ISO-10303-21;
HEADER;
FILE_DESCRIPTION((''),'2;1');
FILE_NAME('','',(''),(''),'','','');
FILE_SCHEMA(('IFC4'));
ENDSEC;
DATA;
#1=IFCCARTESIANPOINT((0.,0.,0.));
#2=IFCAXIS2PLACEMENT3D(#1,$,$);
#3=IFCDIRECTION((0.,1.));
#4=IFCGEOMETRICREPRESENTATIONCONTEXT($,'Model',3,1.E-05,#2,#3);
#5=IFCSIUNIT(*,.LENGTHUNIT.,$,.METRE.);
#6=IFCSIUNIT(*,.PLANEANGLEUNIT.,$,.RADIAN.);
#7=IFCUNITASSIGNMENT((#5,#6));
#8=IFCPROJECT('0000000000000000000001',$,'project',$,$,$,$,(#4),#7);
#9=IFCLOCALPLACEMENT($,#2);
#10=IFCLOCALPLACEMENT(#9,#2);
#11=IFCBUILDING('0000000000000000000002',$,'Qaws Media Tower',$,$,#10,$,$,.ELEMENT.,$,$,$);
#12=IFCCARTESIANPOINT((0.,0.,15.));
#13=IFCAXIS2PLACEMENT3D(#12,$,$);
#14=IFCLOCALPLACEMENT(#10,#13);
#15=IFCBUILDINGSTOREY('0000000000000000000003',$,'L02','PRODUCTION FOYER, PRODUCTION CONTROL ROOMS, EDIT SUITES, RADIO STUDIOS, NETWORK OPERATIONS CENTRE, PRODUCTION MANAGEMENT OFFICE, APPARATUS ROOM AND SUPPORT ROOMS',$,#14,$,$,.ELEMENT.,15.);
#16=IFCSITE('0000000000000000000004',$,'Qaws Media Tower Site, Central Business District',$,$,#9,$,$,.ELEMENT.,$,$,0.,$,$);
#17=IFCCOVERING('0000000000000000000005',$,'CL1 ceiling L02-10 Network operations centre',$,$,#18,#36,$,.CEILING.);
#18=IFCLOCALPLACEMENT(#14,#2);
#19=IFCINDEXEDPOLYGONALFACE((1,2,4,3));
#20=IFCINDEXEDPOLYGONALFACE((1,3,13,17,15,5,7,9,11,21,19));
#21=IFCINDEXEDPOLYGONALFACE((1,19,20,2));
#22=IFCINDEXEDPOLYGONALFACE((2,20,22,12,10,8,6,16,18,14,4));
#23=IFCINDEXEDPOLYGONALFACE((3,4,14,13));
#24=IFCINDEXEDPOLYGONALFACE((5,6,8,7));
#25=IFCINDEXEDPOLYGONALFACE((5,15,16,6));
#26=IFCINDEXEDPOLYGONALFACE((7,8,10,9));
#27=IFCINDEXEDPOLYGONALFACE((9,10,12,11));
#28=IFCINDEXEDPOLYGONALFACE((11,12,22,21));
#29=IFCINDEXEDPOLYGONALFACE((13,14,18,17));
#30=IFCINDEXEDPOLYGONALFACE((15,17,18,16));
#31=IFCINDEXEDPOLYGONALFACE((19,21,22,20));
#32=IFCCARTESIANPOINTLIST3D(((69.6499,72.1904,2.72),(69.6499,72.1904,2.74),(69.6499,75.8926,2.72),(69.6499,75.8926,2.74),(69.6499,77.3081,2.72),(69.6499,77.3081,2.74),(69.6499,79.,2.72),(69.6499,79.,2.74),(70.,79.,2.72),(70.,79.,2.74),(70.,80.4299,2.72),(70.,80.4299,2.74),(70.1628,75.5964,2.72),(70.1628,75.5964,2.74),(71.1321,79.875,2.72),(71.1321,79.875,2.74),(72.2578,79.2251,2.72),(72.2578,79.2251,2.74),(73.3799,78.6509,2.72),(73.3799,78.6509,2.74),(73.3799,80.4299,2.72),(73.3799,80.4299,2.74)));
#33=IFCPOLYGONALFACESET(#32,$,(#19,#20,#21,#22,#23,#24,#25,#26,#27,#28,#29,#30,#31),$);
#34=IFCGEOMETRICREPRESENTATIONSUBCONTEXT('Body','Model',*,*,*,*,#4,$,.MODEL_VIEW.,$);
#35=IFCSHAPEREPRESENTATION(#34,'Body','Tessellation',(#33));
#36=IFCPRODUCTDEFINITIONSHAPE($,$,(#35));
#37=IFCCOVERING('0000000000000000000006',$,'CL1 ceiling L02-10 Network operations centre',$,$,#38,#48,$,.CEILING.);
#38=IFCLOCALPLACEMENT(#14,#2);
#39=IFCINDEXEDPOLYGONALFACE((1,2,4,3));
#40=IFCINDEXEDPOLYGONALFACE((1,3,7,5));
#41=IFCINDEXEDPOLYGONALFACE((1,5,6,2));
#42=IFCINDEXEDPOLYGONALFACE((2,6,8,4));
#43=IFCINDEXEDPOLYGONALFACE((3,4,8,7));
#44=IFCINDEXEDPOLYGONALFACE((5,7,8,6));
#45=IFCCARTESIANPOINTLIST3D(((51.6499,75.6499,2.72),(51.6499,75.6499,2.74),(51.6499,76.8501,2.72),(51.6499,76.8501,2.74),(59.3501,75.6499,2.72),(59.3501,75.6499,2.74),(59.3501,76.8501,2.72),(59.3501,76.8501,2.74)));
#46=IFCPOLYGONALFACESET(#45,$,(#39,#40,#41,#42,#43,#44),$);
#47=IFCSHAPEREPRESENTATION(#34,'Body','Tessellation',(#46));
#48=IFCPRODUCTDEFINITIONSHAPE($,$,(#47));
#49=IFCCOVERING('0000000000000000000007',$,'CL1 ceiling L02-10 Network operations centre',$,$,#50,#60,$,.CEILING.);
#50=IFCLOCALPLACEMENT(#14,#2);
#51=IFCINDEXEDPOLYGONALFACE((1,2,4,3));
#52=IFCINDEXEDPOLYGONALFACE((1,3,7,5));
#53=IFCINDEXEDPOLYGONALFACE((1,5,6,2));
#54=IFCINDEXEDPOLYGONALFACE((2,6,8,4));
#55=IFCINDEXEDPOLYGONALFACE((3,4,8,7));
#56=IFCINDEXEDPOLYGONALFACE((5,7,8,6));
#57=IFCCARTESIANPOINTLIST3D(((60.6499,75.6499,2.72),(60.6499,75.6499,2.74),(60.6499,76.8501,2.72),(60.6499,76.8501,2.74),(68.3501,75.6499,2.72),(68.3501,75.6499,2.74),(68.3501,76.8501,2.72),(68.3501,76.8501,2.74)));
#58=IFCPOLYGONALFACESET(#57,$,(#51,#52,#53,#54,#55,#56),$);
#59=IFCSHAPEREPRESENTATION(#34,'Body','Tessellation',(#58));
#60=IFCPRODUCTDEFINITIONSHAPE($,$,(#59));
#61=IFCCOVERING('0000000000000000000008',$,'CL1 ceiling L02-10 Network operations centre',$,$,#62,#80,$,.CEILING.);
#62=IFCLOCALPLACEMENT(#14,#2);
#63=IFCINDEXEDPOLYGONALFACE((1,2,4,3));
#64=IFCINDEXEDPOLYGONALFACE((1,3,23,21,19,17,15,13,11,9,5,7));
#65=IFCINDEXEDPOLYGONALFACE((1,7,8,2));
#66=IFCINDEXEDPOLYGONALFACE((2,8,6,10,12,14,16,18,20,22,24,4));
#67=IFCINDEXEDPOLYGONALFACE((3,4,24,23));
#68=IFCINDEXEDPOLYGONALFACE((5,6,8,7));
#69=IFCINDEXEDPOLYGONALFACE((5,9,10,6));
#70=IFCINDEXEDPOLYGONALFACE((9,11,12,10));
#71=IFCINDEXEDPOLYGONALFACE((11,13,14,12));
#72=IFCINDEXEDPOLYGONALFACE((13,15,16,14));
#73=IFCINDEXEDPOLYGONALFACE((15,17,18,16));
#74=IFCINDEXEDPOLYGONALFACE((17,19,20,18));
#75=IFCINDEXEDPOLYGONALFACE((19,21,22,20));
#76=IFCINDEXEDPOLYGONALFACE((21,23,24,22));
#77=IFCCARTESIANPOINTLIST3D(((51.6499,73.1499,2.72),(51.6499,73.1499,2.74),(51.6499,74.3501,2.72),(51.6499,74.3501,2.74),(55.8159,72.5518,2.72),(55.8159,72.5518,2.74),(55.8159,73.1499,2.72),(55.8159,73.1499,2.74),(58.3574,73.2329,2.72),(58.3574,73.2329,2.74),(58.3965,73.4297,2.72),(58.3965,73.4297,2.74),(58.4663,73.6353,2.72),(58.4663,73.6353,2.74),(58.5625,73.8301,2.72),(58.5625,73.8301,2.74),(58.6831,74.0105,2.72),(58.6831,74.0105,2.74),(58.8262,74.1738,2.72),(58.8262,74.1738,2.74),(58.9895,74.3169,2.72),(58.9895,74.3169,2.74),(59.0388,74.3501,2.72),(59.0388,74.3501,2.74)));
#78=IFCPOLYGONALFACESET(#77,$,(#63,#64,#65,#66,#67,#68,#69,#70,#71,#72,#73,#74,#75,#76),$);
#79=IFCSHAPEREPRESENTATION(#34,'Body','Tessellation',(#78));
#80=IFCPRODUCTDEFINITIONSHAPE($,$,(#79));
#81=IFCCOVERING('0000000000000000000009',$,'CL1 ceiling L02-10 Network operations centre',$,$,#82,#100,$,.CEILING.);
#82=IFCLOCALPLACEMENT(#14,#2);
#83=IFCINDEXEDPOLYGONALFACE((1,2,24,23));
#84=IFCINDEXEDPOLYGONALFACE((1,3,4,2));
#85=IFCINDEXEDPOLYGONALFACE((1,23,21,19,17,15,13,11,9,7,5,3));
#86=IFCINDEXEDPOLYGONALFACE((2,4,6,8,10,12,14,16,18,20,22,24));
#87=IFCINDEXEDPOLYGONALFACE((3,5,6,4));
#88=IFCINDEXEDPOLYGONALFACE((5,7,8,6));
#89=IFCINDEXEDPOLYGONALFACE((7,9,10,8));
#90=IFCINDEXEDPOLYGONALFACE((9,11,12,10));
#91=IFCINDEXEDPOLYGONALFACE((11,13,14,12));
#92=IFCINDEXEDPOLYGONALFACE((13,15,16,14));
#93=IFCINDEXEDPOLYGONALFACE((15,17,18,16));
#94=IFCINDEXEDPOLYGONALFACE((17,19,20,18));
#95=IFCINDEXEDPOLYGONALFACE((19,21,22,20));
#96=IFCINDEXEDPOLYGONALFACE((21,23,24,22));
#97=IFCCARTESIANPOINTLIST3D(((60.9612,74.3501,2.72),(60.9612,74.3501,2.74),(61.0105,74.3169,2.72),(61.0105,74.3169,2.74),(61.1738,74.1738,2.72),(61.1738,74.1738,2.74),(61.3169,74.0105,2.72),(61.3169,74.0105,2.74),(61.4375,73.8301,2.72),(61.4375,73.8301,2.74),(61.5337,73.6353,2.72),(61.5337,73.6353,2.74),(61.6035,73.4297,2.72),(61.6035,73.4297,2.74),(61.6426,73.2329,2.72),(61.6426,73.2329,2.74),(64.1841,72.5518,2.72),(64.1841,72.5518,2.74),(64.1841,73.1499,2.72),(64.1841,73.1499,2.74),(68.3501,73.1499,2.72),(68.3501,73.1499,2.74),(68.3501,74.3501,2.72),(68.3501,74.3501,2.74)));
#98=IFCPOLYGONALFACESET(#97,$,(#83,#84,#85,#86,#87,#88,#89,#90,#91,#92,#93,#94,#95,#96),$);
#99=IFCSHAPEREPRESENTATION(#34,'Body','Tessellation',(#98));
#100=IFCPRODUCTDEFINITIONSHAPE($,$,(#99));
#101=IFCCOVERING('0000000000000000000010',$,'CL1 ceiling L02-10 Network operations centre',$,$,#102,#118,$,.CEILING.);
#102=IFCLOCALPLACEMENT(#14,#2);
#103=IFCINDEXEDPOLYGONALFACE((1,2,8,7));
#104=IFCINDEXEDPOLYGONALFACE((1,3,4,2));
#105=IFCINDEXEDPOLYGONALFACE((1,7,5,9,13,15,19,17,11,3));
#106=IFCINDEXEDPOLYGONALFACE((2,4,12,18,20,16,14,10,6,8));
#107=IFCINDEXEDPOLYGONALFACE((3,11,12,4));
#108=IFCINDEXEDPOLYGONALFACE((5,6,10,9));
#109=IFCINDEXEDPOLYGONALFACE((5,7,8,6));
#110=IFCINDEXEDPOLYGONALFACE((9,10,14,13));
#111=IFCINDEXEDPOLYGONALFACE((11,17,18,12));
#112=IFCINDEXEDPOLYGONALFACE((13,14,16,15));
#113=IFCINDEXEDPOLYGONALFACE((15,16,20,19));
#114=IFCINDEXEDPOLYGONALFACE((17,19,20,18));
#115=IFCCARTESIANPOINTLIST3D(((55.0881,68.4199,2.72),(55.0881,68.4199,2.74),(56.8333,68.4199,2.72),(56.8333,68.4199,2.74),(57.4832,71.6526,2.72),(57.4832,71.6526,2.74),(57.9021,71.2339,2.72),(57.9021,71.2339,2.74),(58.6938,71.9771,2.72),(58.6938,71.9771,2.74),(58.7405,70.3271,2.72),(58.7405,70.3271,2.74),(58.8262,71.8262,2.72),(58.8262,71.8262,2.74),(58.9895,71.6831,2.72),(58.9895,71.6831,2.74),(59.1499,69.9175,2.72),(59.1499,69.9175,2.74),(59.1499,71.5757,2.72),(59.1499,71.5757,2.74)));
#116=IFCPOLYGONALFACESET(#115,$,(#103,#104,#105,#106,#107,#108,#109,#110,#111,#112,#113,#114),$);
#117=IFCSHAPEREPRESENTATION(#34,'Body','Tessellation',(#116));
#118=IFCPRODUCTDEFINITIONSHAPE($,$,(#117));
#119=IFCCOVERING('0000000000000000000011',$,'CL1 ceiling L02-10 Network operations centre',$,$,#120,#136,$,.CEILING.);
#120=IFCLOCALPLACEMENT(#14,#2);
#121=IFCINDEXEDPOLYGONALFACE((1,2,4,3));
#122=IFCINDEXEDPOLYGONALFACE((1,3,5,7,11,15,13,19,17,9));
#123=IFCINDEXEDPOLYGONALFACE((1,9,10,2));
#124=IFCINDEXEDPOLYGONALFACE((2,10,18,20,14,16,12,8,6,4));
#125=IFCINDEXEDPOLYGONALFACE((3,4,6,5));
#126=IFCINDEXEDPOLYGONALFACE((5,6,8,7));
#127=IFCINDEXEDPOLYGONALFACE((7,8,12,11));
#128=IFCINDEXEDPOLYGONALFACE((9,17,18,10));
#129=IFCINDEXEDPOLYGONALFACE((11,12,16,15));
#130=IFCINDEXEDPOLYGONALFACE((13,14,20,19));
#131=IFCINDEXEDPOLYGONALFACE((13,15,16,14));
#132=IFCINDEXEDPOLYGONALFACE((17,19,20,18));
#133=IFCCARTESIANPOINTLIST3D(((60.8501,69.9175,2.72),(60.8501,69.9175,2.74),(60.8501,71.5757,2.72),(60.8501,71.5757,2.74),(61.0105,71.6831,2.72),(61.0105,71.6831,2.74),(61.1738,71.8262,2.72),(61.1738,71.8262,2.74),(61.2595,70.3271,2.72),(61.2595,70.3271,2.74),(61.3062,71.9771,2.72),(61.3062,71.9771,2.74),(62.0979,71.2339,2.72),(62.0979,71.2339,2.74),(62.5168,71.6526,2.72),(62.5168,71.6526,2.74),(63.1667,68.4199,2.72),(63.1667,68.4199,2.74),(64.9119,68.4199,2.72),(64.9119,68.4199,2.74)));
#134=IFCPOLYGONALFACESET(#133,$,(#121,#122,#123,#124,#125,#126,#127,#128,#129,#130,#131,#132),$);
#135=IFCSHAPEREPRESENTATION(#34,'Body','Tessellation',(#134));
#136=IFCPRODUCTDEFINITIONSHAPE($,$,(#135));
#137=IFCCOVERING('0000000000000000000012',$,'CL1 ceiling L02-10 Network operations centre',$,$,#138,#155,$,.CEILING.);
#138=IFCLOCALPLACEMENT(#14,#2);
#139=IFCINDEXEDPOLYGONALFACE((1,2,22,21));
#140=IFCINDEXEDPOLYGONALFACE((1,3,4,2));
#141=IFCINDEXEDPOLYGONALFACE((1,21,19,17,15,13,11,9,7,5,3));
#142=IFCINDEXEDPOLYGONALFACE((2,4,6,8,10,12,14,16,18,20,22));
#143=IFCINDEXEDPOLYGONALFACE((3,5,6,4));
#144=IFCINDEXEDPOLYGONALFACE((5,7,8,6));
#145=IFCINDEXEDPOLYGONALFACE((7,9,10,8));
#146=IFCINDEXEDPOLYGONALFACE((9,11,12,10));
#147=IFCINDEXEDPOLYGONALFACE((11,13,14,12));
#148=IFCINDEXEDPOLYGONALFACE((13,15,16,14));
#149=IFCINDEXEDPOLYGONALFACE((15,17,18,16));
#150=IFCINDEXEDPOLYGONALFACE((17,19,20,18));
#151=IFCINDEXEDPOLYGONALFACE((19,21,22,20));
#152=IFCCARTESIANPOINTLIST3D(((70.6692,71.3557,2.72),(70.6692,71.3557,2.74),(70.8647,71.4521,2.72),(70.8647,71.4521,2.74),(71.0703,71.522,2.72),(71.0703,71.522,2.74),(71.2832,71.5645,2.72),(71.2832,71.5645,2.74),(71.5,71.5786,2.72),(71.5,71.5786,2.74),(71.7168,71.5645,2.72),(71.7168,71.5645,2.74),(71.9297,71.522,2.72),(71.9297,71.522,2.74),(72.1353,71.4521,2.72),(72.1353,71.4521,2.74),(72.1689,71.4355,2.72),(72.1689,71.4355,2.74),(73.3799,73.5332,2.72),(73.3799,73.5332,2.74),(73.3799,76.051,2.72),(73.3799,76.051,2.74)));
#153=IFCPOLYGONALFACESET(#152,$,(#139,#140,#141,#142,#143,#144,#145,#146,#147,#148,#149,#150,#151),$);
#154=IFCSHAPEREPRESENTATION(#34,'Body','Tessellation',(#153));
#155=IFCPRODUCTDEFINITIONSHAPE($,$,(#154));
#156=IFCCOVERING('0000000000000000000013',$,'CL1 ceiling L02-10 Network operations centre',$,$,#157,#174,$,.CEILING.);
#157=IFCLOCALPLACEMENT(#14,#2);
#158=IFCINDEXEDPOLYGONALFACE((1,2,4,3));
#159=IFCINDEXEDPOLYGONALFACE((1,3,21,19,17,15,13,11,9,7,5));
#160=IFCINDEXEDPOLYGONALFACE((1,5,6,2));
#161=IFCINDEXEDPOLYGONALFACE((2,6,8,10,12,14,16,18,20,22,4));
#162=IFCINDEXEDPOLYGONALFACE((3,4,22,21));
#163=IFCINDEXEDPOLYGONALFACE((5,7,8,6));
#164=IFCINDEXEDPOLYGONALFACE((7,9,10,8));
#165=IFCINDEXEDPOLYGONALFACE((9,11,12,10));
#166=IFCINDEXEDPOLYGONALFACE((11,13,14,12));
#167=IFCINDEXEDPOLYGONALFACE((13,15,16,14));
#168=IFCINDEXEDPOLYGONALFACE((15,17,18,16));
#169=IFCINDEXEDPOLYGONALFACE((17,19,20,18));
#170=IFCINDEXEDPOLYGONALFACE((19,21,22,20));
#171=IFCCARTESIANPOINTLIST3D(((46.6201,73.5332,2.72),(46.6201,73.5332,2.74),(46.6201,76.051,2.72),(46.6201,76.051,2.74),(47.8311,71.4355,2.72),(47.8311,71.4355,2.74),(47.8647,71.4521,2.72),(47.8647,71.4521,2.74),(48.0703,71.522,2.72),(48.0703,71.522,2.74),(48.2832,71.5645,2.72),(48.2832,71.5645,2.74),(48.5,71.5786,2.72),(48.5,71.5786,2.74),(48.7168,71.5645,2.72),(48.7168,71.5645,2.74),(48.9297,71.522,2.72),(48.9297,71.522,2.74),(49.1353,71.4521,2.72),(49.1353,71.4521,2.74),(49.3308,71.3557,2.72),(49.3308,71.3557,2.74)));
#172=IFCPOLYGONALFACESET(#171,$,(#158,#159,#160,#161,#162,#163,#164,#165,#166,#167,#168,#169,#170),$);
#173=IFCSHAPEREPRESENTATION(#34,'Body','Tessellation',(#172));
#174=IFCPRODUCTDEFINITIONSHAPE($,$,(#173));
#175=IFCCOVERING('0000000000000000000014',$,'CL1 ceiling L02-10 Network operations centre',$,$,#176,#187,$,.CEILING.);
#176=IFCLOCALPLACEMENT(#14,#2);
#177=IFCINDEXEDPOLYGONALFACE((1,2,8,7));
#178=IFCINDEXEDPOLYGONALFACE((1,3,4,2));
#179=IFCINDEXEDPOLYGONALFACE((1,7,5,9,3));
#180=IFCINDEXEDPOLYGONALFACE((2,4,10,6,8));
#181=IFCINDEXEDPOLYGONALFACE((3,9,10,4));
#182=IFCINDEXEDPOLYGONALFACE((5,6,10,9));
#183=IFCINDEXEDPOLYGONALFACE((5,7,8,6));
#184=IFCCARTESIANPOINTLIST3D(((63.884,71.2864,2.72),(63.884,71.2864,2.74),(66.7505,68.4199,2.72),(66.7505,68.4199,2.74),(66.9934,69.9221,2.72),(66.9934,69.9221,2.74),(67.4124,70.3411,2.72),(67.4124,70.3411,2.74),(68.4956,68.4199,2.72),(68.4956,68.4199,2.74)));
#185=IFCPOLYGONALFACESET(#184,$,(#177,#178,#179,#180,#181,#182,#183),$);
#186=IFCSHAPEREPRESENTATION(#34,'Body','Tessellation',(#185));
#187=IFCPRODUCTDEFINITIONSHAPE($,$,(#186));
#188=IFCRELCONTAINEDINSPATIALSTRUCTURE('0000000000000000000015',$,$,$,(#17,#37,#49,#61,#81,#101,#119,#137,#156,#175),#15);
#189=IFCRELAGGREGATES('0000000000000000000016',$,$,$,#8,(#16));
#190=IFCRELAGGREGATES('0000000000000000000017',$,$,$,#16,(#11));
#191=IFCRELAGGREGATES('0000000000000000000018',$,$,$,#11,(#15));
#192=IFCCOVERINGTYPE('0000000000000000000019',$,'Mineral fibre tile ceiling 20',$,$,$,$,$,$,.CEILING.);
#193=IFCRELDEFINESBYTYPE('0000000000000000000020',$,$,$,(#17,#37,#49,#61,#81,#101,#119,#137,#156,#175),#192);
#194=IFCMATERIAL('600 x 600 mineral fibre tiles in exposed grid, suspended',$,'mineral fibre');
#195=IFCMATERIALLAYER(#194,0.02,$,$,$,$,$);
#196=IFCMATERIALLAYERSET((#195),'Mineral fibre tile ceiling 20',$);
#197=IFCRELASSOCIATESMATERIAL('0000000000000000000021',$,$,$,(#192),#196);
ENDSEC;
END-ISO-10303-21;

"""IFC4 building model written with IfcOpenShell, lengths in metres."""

from ifc_helpers import new_model, si_unit, direction, frame, origin, place, context, subcontext, project, spatial, polyline, outline, extrude, material, layer, layer_set, type_object, element, save


model = new_model("IFC4")

# Units and contexts
model_context = context("Model", 3, precision=1e-05, world=origin(), true_north=direction((0.0, 1.0)))
body_context = subcontext(model_context, "Body", "Model", "MODEL_VIEW")
ifc_project = project(units=[si_unit("LENGTHUNIT", "METRE"), si_unit("PLANEANGLEUNIT", "RADIAN")], contexts=[model_context])

# Site, building, storey
site_placement = place(None, origin())
site = spatial("IfcSite", under=ifc_project, at=site_placement, Name="Qaws Media Tower Site, Central Business District", CompositionType="ELEMENT", RefElevation=0.0)
building_placement = place(site_placement, origin())
building = spatial("IfcBuilding", under=site, at=building_placement, Name="Qaws Media Tower", CompositionType="ELEMENT")
storey_placement = place(building_placement, frame((0.0, 0.0, 15.0)))
storey = spatial("IfcBuildingStorey", under=building, at=storey_placement, Name="L02", Description="PRODUCTION FOYER, PRODUCTION CONTROL ROOMS, EDIT SUITES, RADIO STUDIOS, NETWORK OPERATIONS CENTRE, PRODUCTION MANAGEMENT OFFICE, APPARATUS ROOM AND SUPPORT ROOMS", CompositionType="ELEMENT", Elevation=15.0)

# Coverings
ifc_material_1 = material(Name="600 x 600 mineral fibre tiles in exposed grid, suspended", Category="mineral fibre")
ifc_layer_1 = layer(ifc_material_1, 0.02)
ifc_layer_set_1 = layer_set([ifc_layer_1], Name="Mineral fibre tile ceiling 20")
covering_type_1 = type_object("IfcCoveringType", Name="Mineral fibre tile ceiling 20", PredefinedType="CEILING", material=ifc_layer_set_1)
covering_1_placement = place(storey_placement, frame((0.0, 0.0, 2.72)))
element("IfcCovering", 1, at=covering_1_placement, inside=storey, type_object=covering_type_1, Name="CL1 ceiling L02-10 Network operations centre", PredefinedType="CEILING", context=body_context, shape_type="SweptSolid", body=[
    extrude(outline(polyline([(70.0, 79.0), (70.0, 80.4299), (73.3799, 80.4299), (73.3799, 78.6509), (69.6499, 72.1904), (69.6499, 75.8926), (70.1628, 75.5964), (72.2578, 79.2251), (71.1321, 79.875), (69.6499, 77.3081), (69.6499, 79.0), (70.0, 79.0)])), origin(), (0.0, 0.0, 1.0), 0.02),
])
covering_2_placement = place(storey_placement, frame((0.0, 0.0, 2.72)))
element("IfcCovering", 2, at=covering_2_placement, inside=storey, type_object=covering_type_1, Name="CL1 ceiling L02-10 Network operations centre", PredefinedType="CEILING", context=body_context, shape_type="SweptSolid", body=[
    extrude(outline(polyline([(59.3501, 76.8501), (59.3501, 75.6499), (51.6499, 75.6499), (51.6499, 76.8501), (59.3501, 76.8501)])), origin(), (0.0, 0.0, 1.0), 0.02),
])
covering_3_placement = place(storey_placement, frame((0.0, 0.0, 2.72)))
element("IfcCovering", 3, at=covering_3_placement, inside=storey, type_object=covering_type_1, Name="CL1 ceiling L02-10 Network operations centre", PredefinedType="CEILING", context=body_context, shape_type="SweptSolid", body=[
    extrude(outline(polyline([(68.3501, 76.8501), (68.3501, 75.6499), (60.6499, 75.6499), (60.6499, 76.8501), (68.3501, 76.8501)])), origin(), (0.0, 0.0, 1.0), 0.02),
])
covering_4_placement = place(storey_placement, frame((0.0, 0.0, 2.72)))
element("IfcCovering", 4, at=covering_4_placement, inside=storey, type_object=covering_type_1, Name="CL1 ceiling L02-10 Network operations centre", PredefinedType="CEILING", context=body_context, shape_type="SweptSolid", body=[
    extrude(outline(polyline([(58.9895, 74.3169), (58.8262, 74.1738), (58.6831, 74.0105), (58.5625, 73.8301), (58.4663, 73.6353), (58.3965, 73.4297), (58.3574, 73.2329), (55.8159, 72.5518), (55.8159, 73.1499), (51.6499, 73.1499), (51.6499, 74.3501), (59.0388, 74.3501), (58.9895, 74.3169)])), origin(), (0.0, 0.0, 1.0), 0.02),
])
covering_5_placement = place(storey_placement, frame((0.0, 0.0, 2.72)))
element("IfcCovering", 5, at=covering_5_placement, inside=storey, type_object=covering_type_1, Name="CL1 ceiling L02-10 Network operations centre", PredefinedType="CEILING", context=body_context, shape_type="SweptSolid", body=[
    extrude(outline(polyline([(61.6035, 73.4297), (61.5337, 73.6353), (61.4375, 73.8301), (61.3169, 74.0105), (61.1738, 74.1738), (61.0105, 74.3169), (60.9612, 74.3501), (68.3501, 74.3501), (68.3501, 73.1499), (64.1841, 73.1499), (64.1841, 72.5518), (61.6426, 73.2329), (61.6035, 73.4297)])), origin(), (0.0, 0.0, 1.0), 0.02),
])
covering_6_placement = place(storey_placement, frame((0.0, 0.0, 2.72)))
element("IfcCovering", 6, at=covering_6_placement, inside=storey, type_object=covering_type_1, Name="CL1 ceiling L02-10 Network operations centre", PredefinedType="CEILING", context=body_context, shape_type="SweptSolid", body=[
    extrude(outline(polyline([(55.0881, 68.4199), (57.9021, 71.2339), (57.4832, 71.6526), (58.6938, 71.9771), (58.8262, 71.8262), (58.9895, 71.6831), (59.1499, 71.5757), (59.1499, 69.9175), (58.7405, 70.3271), (56.8333, 68.4199), (55.0881, 68.4199)])), origin(), (0.0, 0.0, 1.0), 0.02),
])
covering_7_placement = place(storey_placement, frame((0.0, 0.0, 2.72)))
element("IfcCovering", 7, at=covering_7_placement, inside=storey, type_object=covering_type_1, Name="CL1 ceiling L02-10 Network operations centre", PredefinedType="CEILING", context=body_context, shape_type="SweptSolid", body=[
    extrude(outline(polyline([(63.1667, 68.4199), (61.2595, 70.3271), (60.8501, 69.9175), (60.8501, 71.5757), (61.0105, 71.6831), (61.1738, 71.8262), (61.3062, 71.9771), (62.5168, 71.6526), (62.0979, 71.2339), (64.9119, 68.4199), (63.1667, 68.4199)])), origin(), (0.0, 0.0, 1.0), 0.02),
])
covering_8_placement = place(storey_placement, frame((0.0, 0.0, 2.72)))
element("IfcCovering", 8, at=covering_8_placement, inside=storey, type_object=covering_type_1, Name="CL1 ceiling L02-10 Network operations centre", PredefinedType="CEILING", context=body_context, shape_type="SweptSolid", body=[
    extrude(outline(polyline([(73.3799, 73.5332), (72.1689, 71.4355), (72.1353, 71.4521), (71.9297, 71.522), (71.7168, 71.5645), (71.5, 71.5786), (71.2832, 71.5645), (71.0703, 71.522), (70.8647, 71.4521), (70.6692, 71.3557), (73.3799, 76.051), (73.3799, 73.5332)])), origin(), (0.0, 0.0, 1.0), 0.02),
])
covering_9_placement = place(storey_placement, frame((0.0, 0.0, 2.72)))
element("IfcCovering", 9, at=covering_9_placement, inside=storey, type_object=covering_type_1, Name="CL1 ceiling L02-10 Network operations centre", PredefinedType="CEILING", context=body_context, shape_type="SweptSolid", body=[
    extrude(outline(polyline([(49.3308, 71.3557), (49.1353, 71.4521), (48.9297, 71.522), (48.7168, 71.5645), (48.5, 71.5786), (48.2832, 71.5645), (48.0703, 71.522), (47.8647, 71.4521), (47.8311, 71.4355), (46.6201, 73.5332), (46.6201, 76.051), (49.3308, 71.3557)])), origin(), (0.0, 0.0, 1.0), 0.02),
])
covering_10_placement = place(storey_placement, frame((0.0, 0.0, 2.72)))
element("IfcCovering", 10, at=covering_10_placement, inside=storey, type_object=covering_type_1, Name="CL1 ceiling L02-10 Network operations centre", PredefinedType="CEILING", context=body_context, shape_type="SweptSolid", body=[
    extrude(outline(polyline([(66.7505, 68.4199), (63.884, 71.2864), (67.4124, 70.3411), (66.9934, 69.9221), (68.4956, 68.4199), (66.7505, 68.4199)])), origin(), (0.0, 0.0, 1.0), 0.02),
])

save(model, "model.ifc")
